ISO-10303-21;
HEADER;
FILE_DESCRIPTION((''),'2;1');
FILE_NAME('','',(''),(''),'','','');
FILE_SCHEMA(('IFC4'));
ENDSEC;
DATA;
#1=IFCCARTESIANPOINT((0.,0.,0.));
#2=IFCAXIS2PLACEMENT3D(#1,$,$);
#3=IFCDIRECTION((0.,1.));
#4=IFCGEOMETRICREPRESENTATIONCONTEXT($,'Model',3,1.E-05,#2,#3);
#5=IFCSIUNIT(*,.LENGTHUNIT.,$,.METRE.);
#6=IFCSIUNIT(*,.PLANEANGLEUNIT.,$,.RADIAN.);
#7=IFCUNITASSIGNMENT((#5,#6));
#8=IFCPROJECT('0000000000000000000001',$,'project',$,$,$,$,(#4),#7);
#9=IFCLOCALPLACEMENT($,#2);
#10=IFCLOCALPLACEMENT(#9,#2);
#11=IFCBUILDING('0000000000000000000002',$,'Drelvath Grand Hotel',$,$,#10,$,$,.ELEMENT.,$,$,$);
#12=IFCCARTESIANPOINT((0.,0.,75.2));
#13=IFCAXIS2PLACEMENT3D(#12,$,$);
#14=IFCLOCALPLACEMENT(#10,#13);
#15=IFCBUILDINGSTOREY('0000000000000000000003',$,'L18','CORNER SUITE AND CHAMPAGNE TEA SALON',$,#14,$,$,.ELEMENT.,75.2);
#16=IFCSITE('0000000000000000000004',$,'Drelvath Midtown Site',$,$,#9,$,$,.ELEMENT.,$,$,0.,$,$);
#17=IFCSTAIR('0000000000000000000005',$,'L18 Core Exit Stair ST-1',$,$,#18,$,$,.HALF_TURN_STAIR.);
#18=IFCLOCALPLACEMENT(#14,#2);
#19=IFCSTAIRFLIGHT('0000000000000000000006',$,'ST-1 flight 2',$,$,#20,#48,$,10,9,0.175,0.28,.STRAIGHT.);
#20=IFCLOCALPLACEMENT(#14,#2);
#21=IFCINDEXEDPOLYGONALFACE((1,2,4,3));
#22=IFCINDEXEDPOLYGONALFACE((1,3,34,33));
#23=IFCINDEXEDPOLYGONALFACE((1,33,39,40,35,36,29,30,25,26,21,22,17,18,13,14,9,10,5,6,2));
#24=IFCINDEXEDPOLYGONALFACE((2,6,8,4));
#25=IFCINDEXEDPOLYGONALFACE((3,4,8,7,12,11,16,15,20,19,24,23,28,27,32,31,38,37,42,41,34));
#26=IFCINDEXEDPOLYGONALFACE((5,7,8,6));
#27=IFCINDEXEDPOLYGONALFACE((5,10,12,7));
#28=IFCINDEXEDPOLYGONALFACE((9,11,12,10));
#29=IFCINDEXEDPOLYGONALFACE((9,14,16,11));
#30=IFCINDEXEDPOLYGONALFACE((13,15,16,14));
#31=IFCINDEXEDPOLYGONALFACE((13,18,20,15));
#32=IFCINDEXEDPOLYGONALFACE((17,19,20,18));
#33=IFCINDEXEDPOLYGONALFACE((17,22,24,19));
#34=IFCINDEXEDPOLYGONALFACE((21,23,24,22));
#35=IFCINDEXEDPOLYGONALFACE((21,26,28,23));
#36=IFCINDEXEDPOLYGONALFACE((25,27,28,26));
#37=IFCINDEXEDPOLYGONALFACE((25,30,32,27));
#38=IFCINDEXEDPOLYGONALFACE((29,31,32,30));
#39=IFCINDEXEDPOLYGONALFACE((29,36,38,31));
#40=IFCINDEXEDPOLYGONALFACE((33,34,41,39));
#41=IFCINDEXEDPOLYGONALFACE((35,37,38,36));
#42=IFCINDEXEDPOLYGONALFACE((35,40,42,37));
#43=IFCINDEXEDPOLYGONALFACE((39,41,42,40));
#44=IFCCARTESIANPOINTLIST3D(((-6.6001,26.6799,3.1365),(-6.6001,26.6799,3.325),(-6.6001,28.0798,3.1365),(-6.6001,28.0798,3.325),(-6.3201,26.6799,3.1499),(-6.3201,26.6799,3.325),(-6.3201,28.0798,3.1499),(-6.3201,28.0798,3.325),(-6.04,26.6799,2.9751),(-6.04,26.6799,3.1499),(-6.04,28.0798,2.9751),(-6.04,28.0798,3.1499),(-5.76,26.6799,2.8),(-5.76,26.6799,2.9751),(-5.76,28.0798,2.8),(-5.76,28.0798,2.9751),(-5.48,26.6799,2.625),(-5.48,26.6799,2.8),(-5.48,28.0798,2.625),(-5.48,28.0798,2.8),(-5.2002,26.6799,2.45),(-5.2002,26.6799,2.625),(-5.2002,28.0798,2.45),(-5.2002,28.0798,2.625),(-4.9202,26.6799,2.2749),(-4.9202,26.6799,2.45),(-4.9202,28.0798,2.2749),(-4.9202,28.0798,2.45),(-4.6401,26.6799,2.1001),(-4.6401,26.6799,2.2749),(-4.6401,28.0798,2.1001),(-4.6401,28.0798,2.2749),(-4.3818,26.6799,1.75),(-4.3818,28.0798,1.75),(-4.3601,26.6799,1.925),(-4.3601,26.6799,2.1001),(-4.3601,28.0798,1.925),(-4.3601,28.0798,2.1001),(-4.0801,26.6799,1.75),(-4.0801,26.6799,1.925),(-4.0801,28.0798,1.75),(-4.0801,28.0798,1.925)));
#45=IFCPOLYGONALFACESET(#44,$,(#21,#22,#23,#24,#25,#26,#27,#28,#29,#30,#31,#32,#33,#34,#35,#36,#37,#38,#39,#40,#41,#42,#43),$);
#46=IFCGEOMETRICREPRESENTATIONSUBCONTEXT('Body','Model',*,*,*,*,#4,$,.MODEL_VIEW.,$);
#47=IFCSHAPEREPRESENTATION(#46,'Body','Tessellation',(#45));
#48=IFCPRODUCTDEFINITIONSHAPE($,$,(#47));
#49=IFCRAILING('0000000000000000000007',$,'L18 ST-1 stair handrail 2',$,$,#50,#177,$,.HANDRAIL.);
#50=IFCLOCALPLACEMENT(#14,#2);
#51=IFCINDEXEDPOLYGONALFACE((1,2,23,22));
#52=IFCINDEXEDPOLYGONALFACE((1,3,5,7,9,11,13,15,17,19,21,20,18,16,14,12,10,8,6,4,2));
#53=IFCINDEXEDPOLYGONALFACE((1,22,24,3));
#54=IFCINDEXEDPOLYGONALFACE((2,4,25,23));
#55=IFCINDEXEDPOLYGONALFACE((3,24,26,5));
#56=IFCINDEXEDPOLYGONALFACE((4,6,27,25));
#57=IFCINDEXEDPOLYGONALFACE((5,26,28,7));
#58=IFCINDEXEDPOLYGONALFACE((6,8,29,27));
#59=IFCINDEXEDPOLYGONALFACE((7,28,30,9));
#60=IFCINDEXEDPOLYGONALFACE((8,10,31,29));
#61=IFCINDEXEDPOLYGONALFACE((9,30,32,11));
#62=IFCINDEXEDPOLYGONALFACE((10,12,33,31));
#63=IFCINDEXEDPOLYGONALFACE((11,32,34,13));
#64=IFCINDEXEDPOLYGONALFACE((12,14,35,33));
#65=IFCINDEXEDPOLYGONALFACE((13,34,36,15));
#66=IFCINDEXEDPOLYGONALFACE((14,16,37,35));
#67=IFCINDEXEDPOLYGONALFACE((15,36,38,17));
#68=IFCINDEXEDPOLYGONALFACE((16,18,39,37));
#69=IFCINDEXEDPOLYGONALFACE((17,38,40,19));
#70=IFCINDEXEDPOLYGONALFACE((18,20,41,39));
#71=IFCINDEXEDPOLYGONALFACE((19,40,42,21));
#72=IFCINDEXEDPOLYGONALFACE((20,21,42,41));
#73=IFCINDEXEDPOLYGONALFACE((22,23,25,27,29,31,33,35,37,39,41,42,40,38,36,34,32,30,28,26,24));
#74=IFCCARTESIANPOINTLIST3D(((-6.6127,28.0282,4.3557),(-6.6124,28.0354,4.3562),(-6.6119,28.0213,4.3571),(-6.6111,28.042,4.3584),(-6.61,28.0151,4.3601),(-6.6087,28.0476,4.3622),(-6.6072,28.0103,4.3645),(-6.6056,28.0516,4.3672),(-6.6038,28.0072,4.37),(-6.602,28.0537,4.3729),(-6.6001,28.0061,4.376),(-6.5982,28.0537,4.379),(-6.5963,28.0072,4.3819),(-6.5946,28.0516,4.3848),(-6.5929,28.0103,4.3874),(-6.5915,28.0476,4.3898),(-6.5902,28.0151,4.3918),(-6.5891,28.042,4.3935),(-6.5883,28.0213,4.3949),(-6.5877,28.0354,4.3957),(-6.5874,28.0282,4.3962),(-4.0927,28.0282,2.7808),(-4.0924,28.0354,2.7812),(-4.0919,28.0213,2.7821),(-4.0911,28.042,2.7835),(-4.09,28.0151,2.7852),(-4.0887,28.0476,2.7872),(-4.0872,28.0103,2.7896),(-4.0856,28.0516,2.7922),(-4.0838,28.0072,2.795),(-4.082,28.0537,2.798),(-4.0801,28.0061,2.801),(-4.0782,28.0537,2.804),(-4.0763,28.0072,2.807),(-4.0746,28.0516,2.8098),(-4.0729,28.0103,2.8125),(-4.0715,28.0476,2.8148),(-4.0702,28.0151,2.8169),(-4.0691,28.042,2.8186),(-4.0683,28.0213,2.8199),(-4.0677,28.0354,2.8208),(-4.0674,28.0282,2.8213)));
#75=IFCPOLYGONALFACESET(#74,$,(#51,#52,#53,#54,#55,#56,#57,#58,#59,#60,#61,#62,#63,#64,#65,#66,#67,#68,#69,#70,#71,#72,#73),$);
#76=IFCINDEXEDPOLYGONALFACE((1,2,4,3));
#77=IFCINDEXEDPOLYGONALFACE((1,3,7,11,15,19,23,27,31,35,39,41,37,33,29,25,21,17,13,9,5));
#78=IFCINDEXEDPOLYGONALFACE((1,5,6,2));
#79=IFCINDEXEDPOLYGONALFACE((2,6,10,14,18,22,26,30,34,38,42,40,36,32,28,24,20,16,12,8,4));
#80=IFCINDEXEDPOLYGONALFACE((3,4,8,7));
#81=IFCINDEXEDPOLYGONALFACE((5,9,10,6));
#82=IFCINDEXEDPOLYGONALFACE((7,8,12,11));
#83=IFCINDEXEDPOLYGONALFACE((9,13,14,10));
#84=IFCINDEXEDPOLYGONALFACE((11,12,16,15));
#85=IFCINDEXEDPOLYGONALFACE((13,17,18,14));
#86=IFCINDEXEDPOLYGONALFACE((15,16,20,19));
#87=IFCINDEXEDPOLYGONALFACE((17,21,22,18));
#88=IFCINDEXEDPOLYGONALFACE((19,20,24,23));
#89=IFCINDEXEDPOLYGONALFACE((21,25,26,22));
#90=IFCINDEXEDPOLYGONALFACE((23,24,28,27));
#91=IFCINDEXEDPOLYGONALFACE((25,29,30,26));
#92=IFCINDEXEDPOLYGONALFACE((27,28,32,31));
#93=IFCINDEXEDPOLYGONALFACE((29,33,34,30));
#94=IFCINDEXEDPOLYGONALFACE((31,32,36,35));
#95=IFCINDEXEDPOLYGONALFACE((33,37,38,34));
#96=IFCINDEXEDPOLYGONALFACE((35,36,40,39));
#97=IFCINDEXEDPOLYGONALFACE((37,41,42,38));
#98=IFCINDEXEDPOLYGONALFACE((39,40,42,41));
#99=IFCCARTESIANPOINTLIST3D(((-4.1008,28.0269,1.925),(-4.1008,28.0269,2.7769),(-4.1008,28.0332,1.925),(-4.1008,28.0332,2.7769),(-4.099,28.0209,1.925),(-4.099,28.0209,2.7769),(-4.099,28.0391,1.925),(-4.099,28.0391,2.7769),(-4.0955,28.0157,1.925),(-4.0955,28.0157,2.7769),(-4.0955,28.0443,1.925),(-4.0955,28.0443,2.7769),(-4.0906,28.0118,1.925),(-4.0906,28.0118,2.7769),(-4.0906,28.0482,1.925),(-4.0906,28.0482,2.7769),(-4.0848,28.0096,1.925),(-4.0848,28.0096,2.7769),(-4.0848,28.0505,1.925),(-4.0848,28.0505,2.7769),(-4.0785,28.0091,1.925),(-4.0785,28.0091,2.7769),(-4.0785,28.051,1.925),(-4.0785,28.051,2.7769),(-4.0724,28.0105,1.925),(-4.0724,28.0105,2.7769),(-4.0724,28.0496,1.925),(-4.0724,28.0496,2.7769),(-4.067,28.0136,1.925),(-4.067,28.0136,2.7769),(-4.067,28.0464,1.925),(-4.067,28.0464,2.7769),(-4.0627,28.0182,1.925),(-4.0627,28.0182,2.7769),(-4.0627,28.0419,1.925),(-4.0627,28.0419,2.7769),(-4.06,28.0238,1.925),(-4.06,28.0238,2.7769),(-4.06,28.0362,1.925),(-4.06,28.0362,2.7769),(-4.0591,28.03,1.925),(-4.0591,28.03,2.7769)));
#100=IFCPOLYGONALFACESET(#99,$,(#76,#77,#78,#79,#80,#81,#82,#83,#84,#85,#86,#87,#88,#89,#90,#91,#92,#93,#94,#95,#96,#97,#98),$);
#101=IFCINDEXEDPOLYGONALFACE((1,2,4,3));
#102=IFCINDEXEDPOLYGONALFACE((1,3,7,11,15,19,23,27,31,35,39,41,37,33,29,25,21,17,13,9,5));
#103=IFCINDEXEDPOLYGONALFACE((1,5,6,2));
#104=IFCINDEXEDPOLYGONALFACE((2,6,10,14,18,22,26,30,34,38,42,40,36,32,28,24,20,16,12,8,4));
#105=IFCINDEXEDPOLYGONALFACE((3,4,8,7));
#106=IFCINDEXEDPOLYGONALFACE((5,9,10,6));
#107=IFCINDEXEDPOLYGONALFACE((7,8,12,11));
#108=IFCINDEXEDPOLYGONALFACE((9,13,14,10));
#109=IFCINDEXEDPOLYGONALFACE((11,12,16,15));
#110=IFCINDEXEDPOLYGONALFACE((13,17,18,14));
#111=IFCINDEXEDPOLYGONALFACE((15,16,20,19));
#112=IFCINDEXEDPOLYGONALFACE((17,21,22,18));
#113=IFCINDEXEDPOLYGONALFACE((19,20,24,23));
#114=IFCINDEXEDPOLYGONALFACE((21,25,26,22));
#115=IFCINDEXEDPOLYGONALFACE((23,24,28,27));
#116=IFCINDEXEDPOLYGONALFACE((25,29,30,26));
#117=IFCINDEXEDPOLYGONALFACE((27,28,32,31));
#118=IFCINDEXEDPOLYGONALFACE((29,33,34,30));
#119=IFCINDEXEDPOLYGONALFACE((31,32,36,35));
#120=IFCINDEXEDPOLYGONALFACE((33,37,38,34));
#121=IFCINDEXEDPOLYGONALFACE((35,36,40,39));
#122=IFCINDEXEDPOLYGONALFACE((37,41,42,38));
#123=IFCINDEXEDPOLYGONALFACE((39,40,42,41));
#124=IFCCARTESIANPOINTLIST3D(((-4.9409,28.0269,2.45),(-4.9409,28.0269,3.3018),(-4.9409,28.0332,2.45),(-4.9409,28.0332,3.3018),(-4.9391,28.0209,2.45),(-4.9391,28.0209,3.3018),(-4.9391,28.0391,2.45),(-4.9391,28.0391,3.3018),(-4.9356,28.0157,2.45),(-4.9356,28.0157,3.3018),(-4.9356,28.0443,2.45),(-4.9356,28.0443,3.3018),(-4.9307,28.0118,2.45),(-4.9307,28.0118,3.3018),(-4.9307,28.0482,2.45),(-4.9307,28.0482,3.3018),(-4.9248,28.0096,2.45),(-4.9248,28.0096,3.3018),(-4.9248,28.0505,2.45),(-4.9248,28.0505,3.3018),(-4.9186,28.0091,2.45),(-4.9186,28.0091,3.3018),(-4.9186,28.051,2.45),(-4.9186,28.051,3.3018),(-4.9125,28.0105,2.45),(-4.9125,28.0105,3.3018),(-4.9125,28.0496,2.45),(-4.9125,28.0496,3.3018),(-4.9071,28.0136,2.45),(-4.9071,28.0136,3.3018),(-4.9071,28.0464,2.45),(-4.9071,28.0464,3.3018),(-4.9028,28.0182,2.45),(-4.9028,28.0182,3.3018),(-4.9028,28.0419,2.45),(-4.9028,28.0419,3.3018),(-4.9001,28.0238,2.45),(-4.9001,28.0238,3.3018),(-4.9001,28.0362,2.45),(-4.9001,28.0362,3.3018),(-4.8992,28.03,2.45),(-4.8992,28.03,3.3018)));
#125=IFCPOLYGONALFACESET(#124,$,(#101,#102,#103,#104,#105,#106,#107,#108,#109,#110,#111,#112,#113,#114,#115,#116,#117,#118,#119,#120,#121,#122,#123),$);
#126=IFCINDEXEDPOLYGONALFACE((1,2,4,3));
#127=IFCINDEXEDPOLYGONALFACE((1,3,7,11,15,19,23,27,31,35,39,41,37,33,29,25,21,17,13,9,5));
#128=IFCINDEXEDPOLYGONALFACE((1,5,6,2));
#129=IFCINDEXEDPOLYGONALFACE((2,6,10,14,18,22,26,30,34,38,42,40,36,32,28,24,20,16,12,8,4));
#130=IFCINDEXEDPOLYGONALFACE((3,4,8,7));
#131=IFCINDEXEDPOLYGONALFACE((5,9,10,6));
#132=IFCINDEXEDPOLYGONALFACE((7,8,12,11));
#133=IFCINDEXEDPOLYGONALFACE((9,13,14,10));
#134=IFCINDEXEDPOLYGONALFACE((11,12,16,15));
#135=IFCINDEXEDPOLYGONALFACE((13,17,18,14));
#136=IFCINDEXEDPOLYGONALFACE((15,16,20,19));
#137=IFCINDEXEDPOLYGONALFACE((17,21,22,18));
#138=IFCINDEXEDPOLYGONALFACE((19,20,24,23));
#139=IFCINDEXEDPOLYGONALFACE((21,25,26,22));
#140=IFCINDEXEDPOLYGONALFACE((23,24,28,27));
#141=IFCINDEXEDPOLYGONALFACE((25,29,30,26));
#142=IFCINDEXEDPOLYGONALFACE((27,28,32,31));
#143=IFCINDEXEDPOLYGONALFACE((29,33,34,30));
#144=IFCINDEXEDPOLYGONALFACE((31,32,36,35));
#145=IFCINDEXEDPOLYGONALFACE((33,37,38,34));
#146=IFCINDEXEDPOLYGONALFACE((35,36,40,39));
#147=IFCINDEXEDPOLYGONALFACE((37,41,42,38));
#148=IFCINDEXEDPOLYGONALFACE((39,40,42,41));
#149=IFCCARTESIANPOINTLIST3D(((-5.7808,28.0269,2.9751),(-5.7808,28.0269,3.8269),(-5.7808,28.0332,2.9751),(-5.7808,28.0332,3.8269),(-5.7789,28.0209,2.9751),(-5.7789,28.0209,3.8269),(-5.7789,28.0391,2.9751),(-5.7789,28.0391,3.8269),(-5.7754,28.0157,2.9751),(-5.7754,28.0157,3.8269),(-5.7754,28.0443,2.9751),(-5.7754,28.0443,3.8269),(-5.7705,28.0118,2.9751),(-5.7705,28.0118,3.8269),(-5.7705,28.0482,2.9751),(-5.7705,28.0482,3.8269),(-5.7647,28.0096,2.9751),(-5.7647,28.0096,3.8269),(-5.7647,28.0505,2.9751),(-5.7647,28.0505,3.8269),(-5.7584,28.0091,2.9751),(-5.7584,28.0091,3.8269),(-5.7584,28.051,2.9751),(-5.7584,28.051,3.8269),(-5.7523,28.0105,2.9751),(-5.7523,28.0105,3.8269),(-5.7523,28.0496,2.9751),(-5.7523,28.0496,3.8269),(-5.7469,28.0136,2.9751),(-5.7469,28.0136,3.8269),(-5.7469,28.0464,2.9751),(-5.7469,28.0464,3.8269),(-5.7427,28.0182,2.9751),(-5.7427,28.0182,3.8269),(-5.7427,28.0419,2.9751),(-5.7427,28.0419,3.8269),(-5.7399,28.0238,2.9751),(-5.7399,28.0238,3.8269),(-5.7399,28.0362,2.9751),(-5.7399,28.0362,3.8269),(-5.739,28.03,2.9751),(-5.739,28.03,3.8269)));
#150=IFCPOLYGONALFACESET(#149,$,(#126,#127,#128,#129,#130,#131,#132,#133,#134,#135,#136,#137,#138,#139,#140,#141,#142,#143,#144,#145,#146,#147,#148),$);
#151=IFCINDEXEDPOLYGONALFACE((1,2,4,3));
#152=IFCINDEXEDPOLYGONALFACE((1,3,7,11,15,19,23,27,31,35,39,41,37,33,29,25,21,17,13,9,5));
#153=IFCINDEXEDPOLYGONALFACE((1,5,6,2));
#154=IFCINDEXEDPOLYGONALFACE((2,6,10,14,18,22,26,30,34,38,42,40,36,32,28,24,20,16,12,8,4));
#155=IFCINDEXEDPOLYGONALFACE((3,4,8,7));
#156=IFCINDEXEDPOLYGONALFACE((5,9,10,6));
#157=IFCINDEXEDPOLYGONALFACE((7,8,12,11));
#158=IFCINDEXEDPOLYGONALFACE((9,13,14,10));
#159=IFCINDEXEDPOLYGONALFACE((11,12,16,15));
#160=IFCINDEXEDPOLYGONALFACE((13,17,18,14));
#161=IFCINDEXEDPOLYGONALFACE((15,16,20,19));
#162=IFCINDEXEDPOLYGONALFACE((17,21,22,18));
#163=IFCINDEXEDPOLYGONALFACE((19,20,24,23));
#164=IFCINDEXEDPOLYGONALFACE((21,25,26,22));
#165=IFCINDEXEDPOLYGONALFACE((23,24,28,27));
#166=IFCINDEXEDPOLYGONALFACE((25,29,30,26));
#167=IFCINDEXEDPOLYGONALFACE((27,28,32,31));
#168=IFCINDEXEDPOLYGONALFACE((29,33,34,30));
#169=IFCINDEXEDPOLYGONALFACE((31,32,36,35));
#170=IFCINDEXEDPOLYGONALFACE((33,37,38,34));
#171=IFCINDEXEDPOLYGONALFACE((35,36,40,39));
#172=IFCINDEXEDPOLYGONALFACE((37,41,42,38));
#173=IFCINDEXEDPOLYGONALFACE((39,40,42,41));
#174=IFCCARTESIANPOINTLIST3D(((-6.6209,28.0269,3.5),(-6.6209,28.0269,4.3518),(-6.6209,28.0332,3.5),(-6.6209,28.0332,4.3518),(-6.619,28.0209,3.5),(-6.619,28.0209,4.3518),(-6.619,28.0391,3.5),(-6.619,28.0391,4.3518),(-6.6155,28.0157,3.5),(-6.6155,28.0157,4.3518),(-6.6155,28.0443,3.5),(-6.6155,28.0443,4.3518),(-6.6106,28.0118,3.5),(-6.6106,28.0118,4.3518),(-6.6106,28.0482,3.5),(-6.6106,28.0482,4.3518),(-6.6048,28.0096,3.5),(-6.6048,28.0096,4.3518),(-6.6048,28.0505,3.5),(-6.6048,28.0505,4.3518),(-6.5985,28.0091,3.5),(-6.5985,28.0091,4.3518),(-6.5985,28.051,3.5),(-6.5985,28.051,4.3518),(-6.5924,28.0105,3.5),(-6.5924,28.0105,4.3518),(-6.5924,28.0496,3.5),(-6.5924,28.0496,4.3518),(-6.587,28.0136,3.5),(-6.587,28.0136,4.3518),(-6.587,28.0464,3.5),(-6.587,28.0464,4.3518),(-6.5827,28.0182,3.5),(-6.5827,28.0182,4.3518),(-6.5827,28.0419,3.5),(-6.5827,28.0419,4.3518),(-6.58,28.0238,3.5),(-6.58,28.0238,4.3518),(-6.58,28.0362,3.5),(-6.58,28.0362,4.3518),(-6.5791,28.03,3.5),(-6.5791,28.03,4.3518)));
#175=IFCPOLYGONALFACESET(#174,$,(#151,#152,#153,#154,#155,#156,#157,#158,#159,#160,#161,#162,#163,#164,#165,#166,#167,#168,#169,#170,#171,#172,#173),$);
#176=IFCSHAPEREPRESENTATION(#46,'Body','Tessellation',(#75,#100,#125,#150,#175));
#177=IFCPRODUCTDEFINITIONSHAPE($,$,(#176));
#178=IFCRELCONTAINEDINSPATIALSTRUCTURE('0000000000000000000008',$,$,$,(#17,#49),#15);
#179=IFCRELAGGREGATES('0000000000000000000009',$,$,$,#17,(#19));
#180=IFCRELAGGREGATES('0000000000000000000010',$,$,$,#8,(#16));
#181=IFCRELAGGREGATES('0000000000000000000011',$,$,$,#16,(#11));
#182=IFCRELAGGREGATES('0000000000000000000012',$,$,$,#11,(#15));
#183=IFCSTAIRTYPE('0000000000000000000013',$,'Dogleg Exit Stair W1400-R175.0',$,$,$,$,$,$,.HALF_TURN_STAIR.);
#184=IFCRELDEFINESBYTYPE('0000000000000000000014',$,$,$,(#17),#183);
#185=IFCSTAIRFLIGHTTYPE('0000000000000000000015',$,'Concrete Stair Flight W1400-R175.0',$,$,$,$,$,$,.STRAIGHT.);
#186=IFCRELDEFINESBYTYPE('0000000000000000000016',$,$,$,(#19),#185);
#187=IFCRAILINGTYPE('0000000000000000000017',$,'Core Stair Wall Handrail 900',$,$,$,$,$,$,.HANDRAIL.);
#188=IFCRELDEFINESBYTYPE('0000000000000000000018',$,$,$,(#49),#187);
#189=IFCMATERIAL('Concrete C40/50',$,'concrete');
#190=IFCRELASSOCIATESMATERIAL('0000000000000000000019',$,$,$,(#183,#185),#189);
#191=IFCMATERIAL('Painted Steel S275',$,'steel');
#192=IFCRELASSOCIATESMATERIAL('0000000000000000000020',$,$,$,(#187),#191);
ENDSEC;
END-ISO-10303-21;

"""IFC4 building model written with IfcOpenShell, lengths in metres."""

from ifc_helpers import new_model, si_unit, direction, frame, origin, origin_2d, place, context, subcontext, project, spatial, polyline, circle, outline, extrude, material, type_object, element, aggregate, save


model = new_model("IFC4")

# Units and contexts
model_context = context("Model", 3, precision=1e-05, world=origin(), true_north=direction((0.0, 1.0)))
body_context = subcontext(model_context, "Body", "Model", "MODEL_VIEW")
ifc_project = project(units=[si_unit("LENGTHUNIT", "METRE"), si_unit("PLANEANGLEUNIT", "RADIAN")], contexts=[model_context])

# Site, building, storey
site_placement = place(None, origin())
site = spatial("IfcSite", under=ifc_project, at=site_placement, Name="Drelvath Midtown Site", CompositionType="ELEMENT", RefElevation=0.0)
building_placement = place(site_placement, origin())
building = spatial("IfcBuilding", under=site, at=building_placement, Name="Drelvath Grand Hotel", CompositionType="ELEMENT")
storey_placement = place(building_placement, frame((0.0, 0.0, 75.2)))
storey = spatial("IfcBuildingStorey", under=building, at=storey_placement, Name="L18", Description="CORNER SUITE AND CHAMPAGNE TEA SALON", CompositionType="ELEMENT", Elevation=75.2)

# Shared definitions
ifc_material_1 = material(Name="Concrete C40/50", Category="concrete")

# Shared definitions
ifc_material_2 = material(Name="Painted Steel S275", Category="steel")

# Stair, stair flight
stair_type = type_object("IfcStairType", Name="Dogleg Exit Stair W1400-R175.0", PredefinedType="HALF_TURN_STAIR", material=ifc_material_1)
stair_placement = place(storey_placement, origin())
stair = element("IfcStair", 1, at=stair_placement, inside=storey, type_object=stair_type, Name="L18 Core Exit Stair ST-1", PredefinedType="HALF_TURN_STAIR")
stair_flight_type = type_object("IfcStairFlightType", Name="Concrete Stair Flight W1400-R175.0", PredefinedType="STRAIGHT", material=ifc_material_1)
stair_flight_placement = place(storey_placement, frame((-4.0801, 27.3799, 1.75), z_axis=(0.0, 0.0, 1.0), x_axis=(-1.0, 0.0, 0.0)))
stair_flight = element("IfcStairFlight", 2, at=stair_flight_placement, type_object=stair_flight_type, Name="ST-1 flight 2", NumberOfRisers=10, NumberOfTreads=9, PredefinedType="STRAIGHT", RiserHeight=0.175, TreadLength=0.28, context=body_context, shape_type="SweptSolid", body=[
    extrude(outline(polyline([(0.0, 0.0), (0.0, 0.175), (0.28, 0.175), (0.28, 0.3501), (0.5601, 0.3501), (0.5601, 0.5249), (0.8401, 0.5249), (0.8401, 0.7), (1.1201, 0.7), (1.1201, 0.875), (1.3999, 0.875), (1.3999, 1.05), (1.6799, 1.05), (1.6799, 1.2251), (1.96, 1.2251), (1.96, 1.3999), (2.24, 1.3999), (2.24, 1.575), (2.52, 1.575), (2.52, 1.75), (2.52, 1.3865), (0.3018, 0.0), (0.0, 0.0)])), frame((0.0, 0.7, 0.0), z_axis=(0.0, -1.0, 0.0), x_axis=(1.0, 0.0, 0.0)), (0.0, 0.0, 1.0), 1.3999),
])
aggregate(stair, [stair_flight])

# Railing
railing_type = type_object("IfcRailingType", Name="Core Stair Wall Handrail 900", PredefinedType="HANDRAIL", material=ifc_material_2)
railing_placement = place(storey_placement, frame((-4.0801, 28.03, 1.925)))
element("IfcRailing", 3, at=railing_placement, inside=storey, type_object=railing_type, Name="L18 ST-1 stair handrail 2", PredefinedType="HANDRAIL", context=body_context, shape_type="SweptSolid", body=[
    extrude(circle(Radius=0.0239, at=origin_2d()), frame((0.0, 0.0, 0.876), z_axis=(-0.848008, 0.0, 0.529984), x_axis=(0.0, -1.0, 0.0)), (0.0, 0.0, 1.0), 2.9717),
    extrude(circle(Radius=0.021, at=origin_2d()), origin(), (0.0, 0.0, 1.0), 0.8518),
    extrude(circle(Radius=0.021, at=origin_2d()), frame((-0.8401, 0.0, 0.5249)), (0.0, 0.0, 1.0), 0.8518),
    extrude(circle(Radius=0.021, at=origin_2d()), frame((-1.6799, 0.0, 1.05)), (0.0, 0.0, 1.0), 0.8518),
    extrude(circle(Radius=0.021, at=origin_2d()), frame((-2.52, 0.0, 1.575)), (0.0, 0.0, 1.0), 0.8518),
])

save(model, "model.ifc")
